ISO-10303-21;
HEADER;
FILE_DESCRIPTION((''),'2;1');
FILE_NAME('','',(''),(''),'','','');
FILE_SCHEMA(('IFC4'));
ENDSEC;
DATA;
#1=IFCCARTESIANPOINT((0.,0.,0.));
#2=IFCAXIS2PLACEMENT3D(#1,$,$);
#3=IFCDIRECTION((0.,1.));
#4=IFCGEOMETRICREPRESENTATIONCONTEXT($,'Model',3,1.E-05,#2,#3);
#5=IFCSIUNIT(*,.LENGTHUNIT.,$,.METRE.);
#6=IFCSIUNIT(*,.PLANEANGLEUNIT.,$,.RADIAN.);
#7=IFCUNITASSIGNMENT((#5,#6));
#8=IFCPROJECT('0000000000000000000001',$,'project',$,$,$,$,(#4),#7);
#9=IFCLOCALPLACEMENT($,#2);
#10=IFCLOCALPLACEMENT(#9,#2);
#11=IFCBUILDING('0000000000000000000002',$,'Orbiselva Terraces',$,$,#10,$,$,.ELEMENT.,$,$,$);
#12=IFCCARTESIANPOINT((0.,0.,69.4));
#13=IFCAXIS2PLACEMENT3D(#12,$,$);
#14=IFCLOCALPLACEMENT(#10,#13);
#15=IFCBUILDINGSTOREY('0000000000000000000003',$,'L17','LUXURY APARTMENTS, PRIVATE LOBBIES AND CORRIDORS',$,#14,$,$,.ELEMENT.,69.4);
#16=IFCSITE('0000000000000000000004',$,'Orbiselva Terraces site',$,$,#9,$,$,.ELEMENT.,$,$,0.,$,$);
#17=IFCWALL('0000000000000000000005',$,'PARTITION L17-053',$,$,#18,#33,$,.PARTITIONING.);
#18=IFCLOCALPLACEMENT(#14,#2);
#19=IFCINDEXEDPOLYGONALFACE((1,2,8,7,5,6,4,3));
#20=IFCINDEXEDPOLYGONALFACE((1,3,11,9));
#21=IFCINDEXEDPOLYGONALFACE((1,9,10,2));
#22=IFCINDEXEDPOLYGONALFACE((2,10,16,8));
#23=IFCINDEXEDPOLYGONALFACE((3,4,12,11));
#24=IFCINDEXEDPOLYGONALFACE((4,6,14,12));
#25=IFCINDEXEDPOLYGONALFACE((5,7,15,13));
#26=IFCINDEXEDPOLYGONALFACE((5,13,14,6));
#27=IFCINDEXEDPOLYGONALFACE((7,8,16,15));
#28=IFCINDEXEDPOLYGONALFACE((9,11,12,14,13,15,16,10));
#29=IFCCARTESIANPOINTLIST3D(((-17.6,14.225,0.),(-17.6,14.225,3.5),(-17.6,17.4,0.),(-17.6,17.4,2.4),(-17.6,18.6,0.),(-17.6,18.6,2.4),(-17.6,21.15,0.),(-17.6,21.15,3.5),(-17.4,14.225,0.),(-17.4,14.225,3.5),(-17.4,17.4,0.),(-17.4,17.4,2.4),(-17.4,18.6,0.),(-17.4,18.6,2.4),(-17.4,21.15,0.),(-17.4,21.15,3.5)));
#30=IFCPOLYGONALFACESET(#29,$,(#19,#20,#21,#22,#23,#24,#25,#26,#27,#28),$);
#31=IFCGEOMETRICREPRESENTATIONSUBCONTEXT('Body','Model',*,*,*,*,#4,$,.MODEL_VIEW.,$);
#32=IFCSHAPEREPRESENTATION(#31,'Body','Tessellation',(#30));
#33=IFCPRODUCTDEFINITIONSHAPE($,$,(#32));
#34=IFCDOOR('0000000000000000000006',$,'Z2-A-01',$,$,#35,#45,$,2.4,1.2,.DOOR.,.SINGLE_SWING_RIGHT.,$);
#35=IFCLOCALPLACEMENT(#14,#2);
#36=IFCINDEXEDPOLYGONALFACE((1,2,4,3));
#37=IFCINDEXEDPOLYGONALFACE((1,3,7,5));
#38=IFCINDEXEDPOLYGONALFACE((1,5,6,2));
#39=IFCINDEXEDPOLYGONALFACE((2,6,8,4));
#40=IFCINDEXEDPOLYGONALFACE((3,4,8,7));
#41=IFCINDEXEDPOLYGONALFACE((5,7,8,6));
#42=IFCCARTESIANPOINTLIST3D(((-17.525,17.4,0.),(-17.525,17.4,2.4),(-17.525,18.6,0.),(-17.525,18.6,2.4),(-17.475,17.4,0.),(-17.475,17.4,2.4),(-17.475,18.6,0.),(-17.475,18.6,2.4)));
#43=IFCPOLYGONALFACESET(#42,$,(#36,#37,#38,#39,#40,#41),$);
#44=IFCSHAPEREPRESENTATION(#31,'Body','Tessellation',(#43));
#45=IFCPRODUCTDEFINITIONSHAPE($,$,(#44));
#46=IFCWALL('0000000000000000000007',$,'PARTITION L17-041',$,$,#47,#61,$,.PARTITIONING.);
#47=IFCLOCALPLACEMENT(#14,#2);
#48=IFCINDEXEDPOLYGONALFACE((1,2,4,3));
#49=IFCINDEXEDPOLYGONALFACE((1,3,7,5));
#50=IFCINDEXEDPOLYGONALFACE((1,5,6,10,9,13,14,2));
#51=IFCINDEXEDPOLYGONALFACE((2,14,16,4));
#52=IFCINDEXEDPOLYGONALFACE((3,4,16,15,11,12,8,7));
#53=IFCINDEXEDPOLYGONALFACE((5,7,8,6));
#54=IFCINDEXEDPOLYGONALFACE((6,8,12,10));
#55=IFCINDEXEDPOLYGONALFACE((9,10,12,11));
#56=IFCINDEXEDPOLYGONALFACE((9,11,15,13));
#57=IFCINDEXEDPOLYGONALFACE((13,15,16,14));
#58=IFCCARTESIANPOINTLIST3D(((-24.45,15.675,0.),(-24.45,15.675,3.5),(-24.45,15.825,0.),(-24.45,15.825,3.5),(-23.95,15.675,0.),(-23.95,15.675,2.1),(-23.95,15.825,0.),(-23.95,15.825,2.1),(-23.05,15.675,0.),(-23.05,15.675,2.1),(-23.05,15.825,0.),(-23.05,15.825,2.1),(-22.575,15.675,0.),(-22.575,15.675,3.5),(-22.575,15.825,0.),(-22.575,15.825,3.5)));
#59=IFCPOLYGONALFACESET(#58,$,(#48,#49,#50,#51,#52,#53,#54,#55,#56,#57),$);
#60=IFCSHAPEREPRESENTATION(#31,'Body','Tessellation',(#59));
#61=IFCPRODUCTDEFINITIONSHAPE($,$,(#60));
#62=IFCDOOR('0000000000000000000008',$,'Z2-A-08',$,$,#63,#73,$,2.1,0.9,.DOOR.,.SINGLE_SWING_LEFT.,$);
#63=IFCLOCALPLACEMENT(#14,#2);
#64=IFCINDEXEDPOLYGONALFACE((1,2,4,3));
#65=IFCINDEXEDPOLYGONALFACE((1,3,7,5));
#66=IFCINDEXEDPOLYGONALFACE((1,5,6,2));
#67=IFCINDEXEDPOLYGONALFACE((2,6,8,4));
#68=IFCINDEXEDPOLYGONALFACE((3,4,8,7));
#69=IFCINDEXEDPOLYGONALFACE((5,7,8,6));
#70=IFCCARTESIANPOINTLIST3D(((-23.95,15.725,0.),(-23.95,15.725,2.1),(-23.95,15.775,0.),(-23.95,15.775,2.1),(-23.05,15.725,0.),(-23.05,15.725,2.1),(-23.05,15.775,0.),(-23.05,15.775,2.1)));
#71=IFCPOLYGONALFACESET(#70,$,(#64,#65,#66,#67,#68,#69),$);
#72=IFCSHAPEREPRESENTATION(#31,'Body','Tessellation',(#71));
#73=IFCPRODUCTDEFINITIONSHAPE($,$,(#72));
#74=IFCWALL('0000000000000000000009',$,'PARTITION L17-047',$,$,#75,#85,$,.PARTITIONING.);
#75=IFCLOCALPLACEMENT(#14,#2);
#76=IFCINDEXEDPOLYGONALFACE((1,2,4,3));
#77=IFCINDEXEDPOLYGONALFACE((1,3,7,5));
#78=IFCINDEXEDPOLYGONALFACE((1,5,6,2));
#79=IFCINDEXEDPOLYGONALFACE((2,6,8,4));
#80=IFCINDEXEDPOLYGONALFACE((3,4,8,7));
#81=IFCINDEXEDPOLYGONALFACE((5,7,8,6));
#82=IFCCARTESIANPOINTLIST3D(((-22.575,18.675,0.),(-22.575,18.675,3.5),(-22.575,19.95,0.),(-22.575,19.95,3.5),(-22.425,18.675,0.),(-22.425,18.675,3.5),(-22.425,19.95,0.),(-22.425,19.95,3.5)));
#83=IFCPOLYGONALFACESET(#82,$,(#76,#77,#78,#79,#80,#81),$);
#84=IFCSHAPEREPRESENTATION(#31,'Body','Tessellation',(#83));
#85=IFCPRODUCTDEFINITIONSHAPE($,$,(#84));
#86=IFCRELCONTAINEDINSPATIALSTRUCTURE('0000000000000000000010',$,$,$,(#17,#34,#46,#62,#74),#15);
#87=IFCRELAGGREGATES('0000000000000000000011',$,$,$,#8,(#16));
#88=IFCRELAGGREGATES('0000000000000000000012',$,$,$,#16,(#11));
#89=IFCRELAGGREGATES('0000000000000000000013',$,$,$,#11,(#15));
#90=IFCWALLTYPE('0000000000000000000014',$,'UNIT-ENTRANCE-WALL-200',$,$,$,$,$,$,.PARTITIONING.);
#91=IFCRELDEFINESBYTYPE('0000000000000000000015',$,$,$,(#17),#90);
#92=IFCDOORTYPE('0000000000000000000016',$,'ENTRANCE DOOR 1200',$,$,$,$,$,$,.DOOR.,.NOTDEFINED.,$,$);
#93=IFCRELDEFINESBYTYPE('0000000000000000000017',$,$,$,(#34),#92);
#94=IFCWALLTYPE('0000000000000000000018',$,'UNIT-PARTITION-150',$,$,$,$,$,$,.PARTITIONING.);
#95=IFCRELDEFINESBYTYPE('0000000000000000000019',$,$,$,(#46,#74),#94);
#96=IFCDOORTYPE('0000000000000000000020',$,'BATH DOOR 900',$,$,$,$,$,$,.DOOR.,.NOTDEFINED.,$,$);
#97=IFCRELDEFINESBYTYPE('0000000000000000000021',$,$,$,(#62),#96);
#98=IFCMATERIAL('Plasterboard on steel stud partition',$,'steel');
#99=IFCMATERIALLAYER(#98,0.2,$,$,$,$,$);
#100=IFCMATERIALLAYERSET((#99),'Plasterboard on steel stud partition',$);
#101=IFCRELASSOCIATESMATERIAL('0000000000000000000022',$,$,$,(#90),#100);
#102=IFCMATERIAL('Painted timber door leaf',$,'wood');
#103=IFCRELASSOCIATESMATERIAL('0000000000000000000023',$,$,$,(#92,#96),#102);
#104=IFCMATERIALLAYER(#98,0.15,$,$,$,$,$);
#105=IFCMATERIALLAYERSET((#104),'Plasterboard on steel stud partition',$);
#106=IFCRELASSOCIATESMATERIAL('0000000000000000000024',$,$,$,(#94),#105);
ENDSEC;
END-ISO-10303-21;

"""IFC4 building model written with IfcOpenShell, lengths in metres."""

from ifc_helpers import new_model, si_unit, direction, frame, frame_2d, origin, place, context, subcontext, project, spatial, rectangle, extrude, material, layer, layer_set, type_object, element, fill, save


model = new_model("IFC4")

# Units and contexts
model_context = context("Model", 3, precision=1e-05, world=origin(), true_north=direction((0.0, 1.0)))
body_context = subcontext(model_context, "Body", "Model", "MODEL_VIEW")
ifc_project = project(units=[si_unit("LENGTHUNIT", "METRE"), si_unit("PLANEANGLEUNIT", "RADIAN")], contexts=[model_context])

# Site, building, storey
site_placement = place(None, origin())
site = spatial("IfcSite", under=ifc_project, at=site_placement, Name="Orbiselva Terraces site", CompositionType="ELEMENT", RefElevation=0.0)
building_placement = place(site_placement, origin())
building = spatial("IfcBuilding", under=site, at=building_placement, Name="Orbiselva Terraces", CompositionType="ELEMENT")
storey_placement = place(building_placement, frame((0.0, 0.0, 69.4)))
storey = spatial("IfcBuildingStorey", under=building, at=storey_placement, Name="L17", Description="LUXURY APARTMENTS, PRIVATE LOBBIES AND CORRIDORS", CompositionType="ELEMENT", Elevation=69.4)

# Walls, openings, doors
ifc_material_1 = material(Name="Plasterboard on steel stud partition", Category="steel")
ifc_layer_1 = layer(ifc_material_1, 0.2)
ifc_layer_set_1 = layer_set([ifc_layer_1], Name="Plasterboard on steel stud partition")
wall_type_1 = type_object("IfcWallType", Name="UNIT-ENTRANCE-WALL-200", PredefinedType="PARTITIONING", material=ifc_layer_set_1)
wall_1_placement = place(storey_placement, frame((-17.5, 14.225, 0.0), z_axis=(0.0, 0.0, 1.0), x_axis=(0.0, 1.0, 0.0)))
wall_1 = element("IfcWall", 1, at=wall_1_placement, inside=storey, type_object=wall_type_1, Name="PARTITION L17-053", PredefinedType="PARTITIONING", context=body_context, shape_type="SweptSolid", body=[
    extrude(rectangle(XDim=6.925, YDim=0.2, at=frame_2d((3.4625, 0.0))), origin(), (0.0, 0.0, 1.0), 3.5),
])
opening_1_placement = place(wall_1_placement, frame((3.175, 0.0, 0.0)))
opening_1 = element("IfcOpeningElement", 2, at=opening_1_placement, cuts=wall_1, PredefinedType="OPENING", context=body_context, shape_type="SweptSolid", body=[
    extrude(rectangle(XDim=1.2, YDim=2.4, at=frame_2d((0.6, 1.2))), frame((0.0, 0.11, 0.0), z_axis=(0.0, -1.0, 0.0), x_axis=(1.0, 0.0, 0.0)), (0.0, 0.0, 1.0), 0.22),
])
ifc_material_2 = material(Name="Painted timber door leaf", Category="wood")
door_type_1 = type_object("IfcDoorType", Name="ENTRANCE DOOR 1200", OperationType="NOTDEFINED", PredefinedType="DOOR", material=ifc_material_2)
door_1_placement = place(opening_1_placement, origin())
door_1 = element("IfcDoor", 3, at=door_1_placement, inside=storey, type_object=door_type_1, Name="Z2-A-01", OperationType="SINGLE_SWING_RIGHT", OverallHeight=2.4, OverallWidth=1.2, PredefinedType="DOOR", context=body_context, shape_type="SweptSolid", body=[
    extrude(rectangle(XDim=1.2, YDim=2.4, at=frame_2d((0.6, 1.2))), frame((0.0, 0.025, 0.0), z_axis=(0.0, -1.0, 0.0), x_axis=(1.0, 0.0, 0.0)), (0.0, 0.0, 1.0), 0.05),
])
fill(opening_1, door_1)
ifc_layer_2 = layer(ifc_material_1, 0.15)
ifc_layer_set_2 = layer_set([ifc_layer_2], Name="Plasterboard on steel stud partition")
wall_type_2 = type_object("IfcWallType", Name="UNIT-PARTITION-150", PredefinedType="PARTITIONING", material=ifc_layer_set_2)
wall_2_placement = place(storey_placement, frame((-22.575, 15.75, 0.0), z_axis=(0.0, 0.0, 1.0), x_axis=(-1.0, 0.0, 0.0)))
wall_2 = element("IfcWall", 4, at=wall_2_placement, inside=storey, type_object=wall_type_2, Name="PARTITION L17-041", PredefinedType="PARTITIONING", context=body_context, shape_type="SweptSolid", body=[
    extrude(rectangle(XDim=1.875, YDim=0.15, at=frame_2d((0.9375, 0.0))), origin(), (0.0, 0.0, 1.0), 3.5),
])
opening_2_placement = place(wall_2_placement, frame((0.475, 0.0, 0.0)))
opening_2 = element("IfcOpeningElement", 5, at=opening_2_placement, cuts=wall_2, PredefinedType="OPENING", context=body_context, shape_type="SweptSolid", body=[
    extrude(rectangle(XDim=0.9, YDim=2.1, at=frame_2d((0.45, 1.05))), frame((0.0, 0.085, 0.0), z_axis=(0.0, -1.0, 0.0), x_axis=(1.0, 0.0, 0.0)), (0.0, 0.0, 1.0), 0.17),
])
door_type_2 = type_object("IfcDoorType", Name="BATH DOOR 900", OperationType="NOTDEFINED", PredefinedType="DOOR", material=ifc_material_2)
door_2_placement = place(opening_2_placement, origin())
door_2 = element("IfcDoor", 6, at=door_2_placement, inside=storey, type_object=door_type_2, Name="Z2-A-08", OperationType="SINGLE_SWING_LEFT", OverallHeight=2.1, OverallWidth=0.9, PredefinedType="DOOR", context=body_context, shape_type="SweptSolid", body=[
    extrude(rectangle(XDim=0.9, YDim=2.1, at=frame_2d((0.45, 1.05))), frame((0.0, 0.025, 0.0), z_axis=(0.0, -1.0, 0.0), x_axis=(1.0, 0.0, 0.0)), (0.0, 0.0, 1.0), 0.05),
])
fill(opening_2, door_2)

# Wall
wall_3_placement = place(storey_placement, frame((-22.5, 18.675, 0.0), z_axis=(0.0, 0.0, 1.0), x_axis=(0.0, 1.0, 0.0)))
element("IfcWall", 7, at=wall_3_placement, inside=storey, type_object=wall_type_2, Name="PARTITION L17-047", PredefinedType="PARTITIONING", context=body_context, shape_type="SweptSolid", body=[
    extrude(rectangle(XDim=1.275, YDim=0.15, at=frame_2d((0.6375, 0.0))), origin(), (0.0, 0.0, 1.0), 3.5),
])

save(model, "model.ifc")
